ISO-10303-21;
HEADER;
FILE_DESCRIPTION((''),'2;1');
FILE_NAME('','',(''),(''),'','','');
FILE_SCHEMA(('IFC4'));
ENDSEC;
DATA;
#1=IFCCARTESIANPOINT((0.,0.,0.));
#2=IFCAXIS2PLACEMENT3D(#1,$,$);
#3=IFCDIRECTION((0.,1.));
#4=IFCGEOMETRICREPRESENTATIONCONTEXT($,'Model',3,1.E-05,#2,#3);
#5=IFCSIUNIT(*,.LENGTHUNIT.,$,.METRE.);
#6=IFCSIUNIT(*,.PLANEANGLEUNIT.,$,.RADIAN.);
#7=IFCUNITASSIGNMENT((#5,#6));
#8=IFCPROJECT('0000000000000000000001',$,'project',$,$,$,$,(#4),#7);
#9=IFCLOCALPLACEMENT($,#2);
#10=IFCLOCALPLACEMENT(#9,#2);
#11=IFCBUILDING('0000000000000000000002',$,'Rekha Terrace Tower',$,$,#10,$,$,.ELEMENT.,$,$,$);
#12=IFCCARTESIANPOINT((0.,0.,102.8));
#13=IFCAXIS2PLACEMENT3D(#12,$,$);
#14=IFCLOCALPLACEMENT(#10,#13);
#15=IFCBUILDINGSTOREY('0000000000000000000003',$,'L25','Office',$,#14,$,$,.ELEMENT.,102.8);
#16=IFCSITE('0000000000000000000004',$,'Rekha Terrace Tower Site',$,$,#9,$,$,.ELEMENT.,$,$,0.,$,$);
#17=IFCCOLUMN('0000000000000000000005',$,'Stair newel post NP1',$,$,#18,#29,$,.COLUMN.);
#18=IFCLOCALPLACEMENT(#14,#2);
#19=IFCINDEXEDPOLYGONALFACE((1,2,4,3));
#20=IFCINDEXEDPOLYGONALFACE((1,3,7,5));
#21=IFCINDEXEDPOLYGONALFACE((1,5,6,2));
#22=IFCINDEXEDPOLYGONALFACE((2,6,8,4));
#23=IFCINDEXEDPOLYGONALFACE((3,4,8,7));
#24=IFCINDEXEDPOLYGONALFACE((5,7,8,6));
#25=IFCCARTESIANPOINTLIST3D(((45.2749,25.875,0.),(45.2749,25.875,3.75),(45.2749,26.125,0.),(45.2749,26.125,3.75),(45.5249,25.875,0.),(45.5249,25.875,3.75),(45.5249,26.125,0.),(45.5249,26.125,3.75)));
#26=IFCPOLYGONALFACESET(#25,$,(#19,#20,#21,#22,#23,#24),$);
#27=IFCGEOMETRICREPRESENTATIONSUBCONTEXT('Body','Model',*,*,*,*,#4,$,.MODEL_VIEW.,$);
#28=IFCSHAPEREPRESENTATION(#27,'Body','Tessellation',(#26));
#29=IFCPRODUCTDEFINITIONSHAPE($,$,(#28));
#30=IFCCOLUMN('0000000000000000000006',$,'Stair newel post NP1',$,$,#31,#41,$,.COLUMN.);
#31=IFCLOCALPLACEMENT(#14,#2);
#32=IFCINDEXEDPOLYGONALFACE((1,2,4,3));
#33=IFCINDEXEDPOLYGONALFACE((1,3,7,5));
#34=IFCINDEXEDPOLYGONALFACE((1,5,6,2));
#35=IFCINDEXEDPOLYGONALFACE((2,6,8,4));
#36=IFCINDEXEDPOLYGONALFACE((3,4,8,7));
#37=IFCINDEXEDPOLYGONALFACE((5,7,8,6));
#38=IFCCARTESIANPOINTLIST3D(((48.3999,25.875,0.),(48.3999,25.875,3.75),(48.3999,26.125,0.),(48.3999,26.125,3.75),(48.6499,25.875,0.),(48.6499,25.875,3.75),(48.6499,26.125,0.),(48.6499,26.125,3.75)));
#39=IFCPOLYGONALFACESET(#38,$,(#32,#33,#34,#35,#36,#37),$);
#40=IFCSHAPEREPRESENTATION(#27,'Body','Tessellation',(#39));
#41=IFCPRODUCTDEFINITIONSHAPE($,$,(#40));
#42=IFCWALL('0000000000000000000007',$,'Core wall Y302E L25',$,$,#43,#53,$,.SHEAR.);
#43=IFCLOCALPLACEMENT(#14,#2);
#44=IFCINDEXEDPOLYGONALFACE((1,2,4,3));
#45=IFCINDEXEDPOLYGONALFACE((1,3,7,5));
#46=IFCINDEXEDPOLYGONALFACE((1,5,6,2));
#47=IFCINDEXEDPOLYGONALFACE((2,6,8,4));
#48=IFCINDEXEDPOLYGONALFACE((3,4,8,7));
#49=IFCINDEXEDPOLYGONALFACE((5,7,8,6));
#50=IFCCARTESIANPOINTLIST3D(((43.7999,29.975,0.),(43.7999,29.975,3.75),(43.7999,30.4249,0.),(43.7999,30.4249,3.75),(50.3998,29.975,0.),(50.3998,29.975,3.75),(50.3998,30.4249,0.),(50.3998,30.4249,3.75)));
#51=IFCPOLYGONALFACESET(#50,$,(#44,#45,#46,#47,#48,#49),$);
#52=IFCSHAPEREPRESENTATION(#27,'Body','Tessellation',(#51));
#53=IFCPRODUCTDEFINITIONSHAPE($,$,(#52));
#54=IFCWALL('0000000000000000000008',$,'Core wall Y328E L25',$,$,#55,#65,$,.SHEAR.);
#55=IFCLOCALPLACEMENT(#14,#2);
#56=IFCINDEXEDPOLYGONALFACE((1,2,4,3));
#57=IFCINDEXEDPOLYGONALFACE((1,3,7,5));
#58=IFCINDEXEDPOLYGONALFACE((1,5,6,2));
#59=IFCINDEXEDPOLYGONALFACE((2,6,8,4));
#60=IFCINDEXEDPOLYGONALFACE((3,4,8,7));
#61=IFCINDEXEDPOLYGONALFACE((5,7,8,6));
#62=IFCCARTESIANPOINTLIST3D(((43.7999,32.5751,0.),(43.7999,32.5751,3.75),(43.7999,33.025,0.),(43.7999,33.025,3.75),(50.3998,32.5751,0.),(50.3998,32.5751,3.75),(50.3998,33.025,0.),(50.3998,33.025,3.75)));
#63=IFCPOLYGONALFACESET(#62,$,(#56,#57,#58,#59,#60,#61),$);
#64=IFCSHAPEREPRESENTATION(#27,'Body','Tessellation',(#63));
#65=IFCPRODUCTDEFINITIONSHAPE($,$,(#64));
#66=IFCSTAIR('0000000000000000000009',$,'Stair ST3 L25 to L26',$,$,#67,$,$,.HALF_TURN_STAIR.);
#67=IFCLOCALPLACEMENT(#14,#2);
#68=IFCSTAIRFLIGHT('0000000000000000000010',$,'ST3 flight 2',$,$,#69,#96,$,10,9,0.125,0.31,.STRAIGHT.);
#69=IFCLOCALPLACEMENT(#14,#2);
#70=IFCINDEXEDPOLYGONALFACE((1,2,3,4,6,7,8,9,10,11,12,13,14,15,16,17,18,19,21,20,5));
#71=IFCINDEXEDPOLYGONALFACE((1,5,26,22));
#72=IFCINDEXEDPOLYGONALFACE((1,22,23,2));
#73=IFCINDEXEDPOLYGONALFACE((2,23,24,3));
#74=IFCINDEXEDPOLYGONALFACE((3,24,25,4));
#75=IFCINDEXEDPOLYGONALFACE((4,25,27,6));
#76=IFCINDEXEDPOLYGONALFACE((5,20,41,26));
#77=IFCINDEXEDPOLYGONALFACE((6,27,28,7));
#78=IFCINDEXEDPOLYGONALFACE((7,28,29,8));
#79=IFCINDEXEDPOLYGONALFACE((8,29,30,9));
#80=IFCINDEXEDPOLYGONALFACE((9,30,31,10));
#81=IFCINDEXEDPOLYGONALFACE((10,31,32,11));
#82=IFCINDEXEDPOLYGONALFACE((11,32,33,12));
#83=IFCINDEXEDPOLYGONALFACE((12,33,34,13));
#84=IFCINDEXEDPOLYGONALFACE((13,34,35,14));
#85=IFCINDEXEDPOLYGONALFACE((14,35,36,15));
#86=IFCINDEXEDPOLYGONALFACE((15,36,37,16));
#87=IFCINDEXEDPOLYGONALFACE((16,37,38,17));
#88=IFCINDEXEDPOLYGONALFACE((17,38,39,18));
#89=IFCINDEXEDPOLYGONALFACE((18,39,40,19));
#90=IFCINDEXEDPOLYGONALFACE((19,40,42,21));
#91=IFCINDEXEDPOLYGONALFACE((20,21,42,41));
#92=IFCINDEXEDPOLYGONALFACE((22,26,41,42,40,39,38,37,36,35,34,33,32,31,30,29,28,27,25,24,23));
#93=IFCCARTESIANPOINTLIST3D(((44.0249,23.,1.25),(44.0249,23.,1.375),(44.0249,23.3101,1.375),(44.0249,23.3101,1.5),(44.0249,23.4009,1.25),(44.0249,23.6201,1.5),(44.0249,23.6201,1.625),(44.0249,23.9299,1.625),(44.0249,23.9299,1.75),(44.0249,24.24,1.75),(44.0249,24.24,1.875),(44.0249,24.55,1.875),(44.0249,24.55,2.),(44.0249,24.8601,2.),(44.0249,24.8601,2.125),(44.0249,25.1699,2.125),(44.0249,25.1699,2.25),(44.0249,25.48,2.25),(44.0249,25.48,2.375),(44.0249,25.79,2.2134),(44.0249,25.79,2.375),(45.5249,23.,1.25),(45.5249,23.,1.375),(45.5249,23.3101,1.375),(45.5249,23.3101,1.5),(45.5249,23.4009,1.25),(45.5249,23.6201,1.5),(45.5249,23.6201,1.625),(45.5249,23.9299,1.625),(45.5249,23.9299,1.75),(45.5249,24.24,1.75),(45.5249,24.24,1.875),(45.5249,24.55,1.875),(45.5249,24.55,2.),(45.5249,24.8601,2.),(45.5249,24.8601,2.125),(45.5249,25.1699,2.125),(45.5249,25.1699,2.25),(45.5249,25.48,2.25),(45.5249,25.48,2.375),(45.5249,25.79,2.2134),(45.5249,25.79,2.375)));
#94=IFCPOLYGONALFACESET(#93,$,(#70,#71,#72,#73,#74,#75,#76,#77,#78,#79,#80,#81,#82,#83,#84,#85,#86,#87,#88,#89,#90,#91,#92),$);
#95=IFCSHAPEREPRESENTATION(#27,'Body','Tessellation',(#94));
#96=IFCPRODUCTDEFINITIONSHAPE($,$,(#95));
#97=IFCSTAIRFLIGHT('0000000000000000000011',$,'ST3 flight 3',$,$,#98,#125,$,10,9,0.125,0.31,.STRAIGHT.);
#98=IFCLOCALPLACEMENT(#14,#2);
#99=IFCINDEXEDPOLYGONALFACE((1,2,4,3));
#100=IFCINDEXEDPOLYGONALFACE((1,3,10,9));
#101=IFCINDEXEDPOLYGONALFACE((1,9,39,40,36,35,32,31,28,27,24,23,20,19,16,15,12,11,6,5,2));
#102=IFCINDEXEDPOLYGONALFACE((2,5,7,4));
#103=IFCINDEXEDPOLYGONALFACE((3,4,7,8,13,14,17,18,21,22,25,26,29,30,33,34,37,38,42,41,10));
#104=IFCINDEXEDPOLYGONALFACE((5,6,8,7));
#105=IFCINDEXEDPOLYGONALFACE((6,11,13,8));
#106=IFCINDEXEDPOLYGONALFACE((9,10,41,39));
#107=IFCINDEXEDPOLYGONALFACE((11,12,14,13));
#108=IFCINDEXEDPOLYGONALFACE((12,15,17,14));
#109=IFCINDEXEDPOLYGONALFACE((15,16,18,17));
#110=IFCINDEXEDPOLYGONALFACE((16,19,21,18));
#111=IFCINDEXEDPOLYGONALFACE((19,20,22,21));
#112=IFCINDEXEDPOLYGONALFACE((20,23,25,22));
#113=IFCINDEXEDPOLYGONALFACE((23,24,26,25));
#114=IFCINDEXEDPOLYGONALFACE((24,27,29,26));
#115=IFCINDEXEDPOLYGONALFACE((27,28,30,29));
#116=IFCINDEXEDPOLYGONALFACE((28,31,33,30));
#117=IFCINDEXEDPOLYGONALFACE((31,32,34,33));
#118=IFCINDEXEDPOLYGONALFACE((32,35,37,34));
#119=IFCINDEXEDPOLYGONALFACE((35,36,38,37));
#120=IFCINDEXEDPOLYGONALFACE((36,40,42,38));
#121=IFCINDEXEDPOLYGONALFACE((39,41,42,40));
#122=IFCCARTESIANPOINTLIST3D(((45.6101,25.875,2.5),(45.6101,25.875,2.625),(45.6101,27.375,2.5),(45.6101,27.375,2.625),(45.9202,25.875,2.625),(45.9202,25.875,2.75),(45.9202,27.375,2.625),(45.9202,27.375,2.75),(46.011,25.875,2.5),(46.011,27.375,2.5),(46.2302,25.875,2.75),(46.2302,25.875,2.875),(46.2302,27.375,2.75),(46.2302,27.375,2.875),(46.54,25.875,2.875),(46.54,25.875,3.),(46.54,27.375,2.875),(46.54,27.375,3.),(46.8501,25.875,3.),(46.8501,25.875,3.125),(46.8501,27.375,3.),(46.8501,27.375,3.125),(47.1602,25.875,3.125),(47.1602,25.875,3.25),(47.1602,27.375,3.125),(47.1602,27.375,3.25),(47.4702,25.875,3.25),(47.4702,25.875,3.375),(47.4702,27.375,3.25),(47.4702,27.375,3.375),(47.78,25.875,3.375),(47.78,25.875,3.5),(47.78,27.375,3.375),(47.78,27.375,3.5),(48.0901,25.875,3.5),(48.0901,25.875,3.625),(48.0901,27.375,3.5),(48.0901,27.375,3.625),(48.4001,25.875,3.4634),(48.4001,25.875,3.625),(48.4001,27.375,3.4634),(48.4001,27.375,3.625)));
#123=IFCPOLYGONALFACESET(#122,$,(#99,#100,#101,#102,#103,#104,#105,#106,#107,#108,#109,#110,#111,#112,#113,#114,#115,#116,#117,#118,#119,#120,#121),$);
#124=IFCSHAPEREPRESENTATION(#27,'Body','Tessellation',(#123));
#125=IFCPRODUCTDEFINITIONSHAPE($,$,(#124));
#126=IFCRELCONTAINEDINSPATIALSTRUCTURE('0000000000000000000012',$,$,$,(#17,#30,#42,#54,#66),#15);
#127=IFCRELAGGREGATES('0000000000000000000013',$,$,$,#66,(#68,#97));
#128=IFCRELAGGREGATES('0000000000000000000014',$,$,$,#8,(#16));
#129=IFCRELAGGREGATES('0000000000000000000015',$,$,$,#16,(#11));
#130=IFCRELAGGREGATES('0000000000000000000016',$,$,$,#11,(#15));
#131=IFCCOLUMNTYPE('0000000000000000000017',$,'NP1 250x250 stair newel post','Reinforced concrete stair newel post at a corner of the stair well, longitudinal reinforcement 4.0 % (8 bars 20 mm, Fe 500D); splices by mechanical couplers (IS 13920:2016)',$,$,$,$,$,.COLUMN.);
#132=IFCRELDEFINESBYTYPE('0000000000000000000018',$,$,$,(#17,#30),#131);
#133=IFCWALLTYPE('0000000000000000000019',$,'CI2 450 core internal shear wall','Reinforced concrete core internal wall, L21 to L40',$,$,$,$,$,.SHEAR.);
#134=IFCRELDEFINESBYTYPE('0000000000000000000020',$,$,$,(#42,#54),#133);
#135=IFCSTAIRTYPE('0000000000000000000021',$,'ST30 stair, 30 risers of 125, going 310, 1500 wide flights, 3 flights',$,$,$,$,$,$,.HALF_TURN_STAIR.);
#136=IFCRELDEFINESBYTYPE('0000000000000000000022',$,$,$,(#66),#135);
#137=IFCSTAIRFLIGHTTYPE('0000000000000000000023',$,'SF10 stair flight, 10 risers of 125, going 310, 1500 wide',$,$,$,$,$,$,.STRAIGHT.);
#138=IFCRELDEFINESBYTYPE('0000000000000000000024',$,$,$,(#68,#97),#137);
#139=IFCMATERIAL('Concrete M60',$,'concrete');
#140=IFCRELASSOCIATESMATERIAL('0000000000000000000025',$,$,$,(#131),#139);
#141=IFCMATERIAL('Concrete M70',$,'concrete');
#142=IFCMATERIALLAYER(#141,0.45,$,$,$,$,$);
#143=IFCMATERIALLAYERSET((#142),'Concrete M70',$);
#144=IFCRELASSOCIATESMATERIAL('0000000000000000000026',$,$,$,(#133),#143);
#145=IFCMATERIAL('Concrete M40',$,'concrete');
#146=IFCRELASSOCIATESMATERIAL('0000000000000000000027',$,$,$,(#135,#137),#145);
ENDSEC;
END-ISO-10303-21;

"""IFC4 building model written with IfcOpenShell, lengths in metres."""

from ifc_helpers import new_model, si_unit, direction, frame, frame_2d, origin, origin_2d, place, context, subcontext, project, spatial, polyline, rectangle, outline, extrude, material, layer, layer_set, material_profile, profile_set, type_object, element, aggregate, save


model = new_model("IFC4")

# Units and contexts
model_context = context("Model", 3, precision=1e-05, world=origin(), true_north=direction((0.0, 1.0)))
body_context = subcontext(model_context, "Body", "Model", "MODEL_VIEW")
ifc_project = project(units=[si_unit("LENGTHUNIT", "METRE"), si_unit("PLANEANGLEUNIT", "RADIAN")], contexts=[model_context])

# Site, building, storey
site_placement = place(None, origin())
site = spatial("IfcSite", under=ifc_project, at=site_placement, Name="Rekha Terrace Tower Site", CompositionType="ELEMENT", RefElevation=0.0)
building_placement = place(site_placement, origin())
building = spatial("IfcBuilding", under=site, at=building_placement, Name="Rekha Terrace Tower", CompositionType="ELEMENT")
storey_placement = place(building_placement, frame((0.0, 0.0, 102.8)))
storey = spatial("IfcBuildingStorey", under=building, at=storey_placement, Name="L25", Description="Office", CompositionType="ELEMENT", Elevation=102.8)

# Columns
ifc_material_1 = material(Name="Concrete M60", Category="concrete")
ifc_material_profile = material_profile(ifc_material_1, rectangle(XDim=0.25, YDim=0.25, at=origin_2d()), Name="RC 250x250")
ifc_profile_set = profile_set([ifc_material_profile], Name="Concrete M60")
column_type = type_object("IfcColumnType", Name="NP1 250x250 stair newel post", Description="Reinforced concrete stair newel post at a corner of the stair well, longitudinal reinforcement 4.0 % (8 bars 20 mm, Fe 500D); splices by mechanical couplers (IS 13920:2016)", PredefinedType="COLUMN", material=ifc_profile_set)
for number, where, z_axis, x_axis, name in (
    (1, (45.3999, 26.0, 0.0), (0.0, 0.0, 1.0), (1.0, 0.0, 0.0), "Stair newel post NP1"),
    (2, (48.5249, 26.0, 0.0), (0.0, 0.0, 1.0), (1.0, 0.0, 0.0), "Stair newel post NP1"),
):
    element("IfcColumn", number, at=place(storey_placement, frame(where, z_axis=z_axis, x_axis=x_axis)), inside=storey, type_object=column_type, Name=name, PredefinedType="COLUMN", context=body_context, shape_type="SweptSolid", body=[
        extrude(rectangle(XDim=0.25, YDim=0.25, at=origin_2d()), origin(), (0.0, 0.0, 1.0), 3.75),
    ])

# Walls
ifc_material_2 = material(Name="Concrete M70", Category="concrete")
ifc_layer = layer(ifc_material_2, 0.45)
ifc_layer_set = layer_set([ifc_layer], Name="Concrete M70")
wall_type = type_object("IfcWallType", Name="CI2 450 core internal shear wall", Description="Reinforced concrete core internal wall, L21 to L40", PredefinedType="SHEAR", material=ifc_layer_set)
for number, where, z_axis, x_axis, name in (
    (3, (43.8, 30.2, 0.0), (0.0, 0.0, 1.0), (1.0, 0.0, 0.0), "Core wall Y302E L25"),
    (4, (43.8, 32.8, 0.0), (0.0, 0.0, 1.0), (1.0, 0.0, 0.0), "Core wall Y328E L25"),
):
    element("IfcWall", number, at=place(storey_placement, frame(where, z_axis=z_axis, x_axis=x_axis)), inside=storey, type_object=wall_type, Name=name, PredefinedType="SHEAR", context=body_context, shape_type="SweptSolid", body=[
        extrude(rectangle(XDim=6.5999, YDim=0.45, at=frame_2d((3.2998, 0.0))), origin(), (0.0, 0.0, 1.0), 3.75),
    ])

# Stair, stair flights
ifc_material_3 = material(Name="Concrete M40", Category="concrete")
stair_type = type_object("IfcStairType", Name="ST30 stair, 30 risers of 125, going 310, 1500 wide flights, 3 flights", PredefinedType="HALF_TURN_STAIR", material=ifc_material_3)
stair_placement = place(storey_placement, origin())
stair = element("IfcStair", 5, at=stair_placement, inside=storey, type_object=stair_type, Name="Stair ST3 L25 to L26", PredefinedType="HALF_TURN_STAIR")
stair_flight_type = type_object("IfcStairFlightType", Name="SF10 stair flight, 10 risers of 125, going 310, 1500 wide", PredefinedType="STRAIGHT", material=ifc_material_3)
stair_flight_1_placement = place(storey_placement, frame((44.7749, 23.0, 1.25), z_axis=(0.0, 0.0, 1.0), x_axis=(0.0, 1.0, 0.0)))
stair_flight_1 = element("IfcStairFlight", 6, at=stair_flight_1_placement, type_object=stair_flight_type, Name="ST3 flight 2", NumberOfRisers=10, NumberOfTreads=9, PredefinedType="STRAIGHT", RiserHeight=0.125, TreadLength=0.31, context=body_context, shape_type="SweptSolid", body=[
    extrude(outline(polyline([(0.0, 0.0), (0.0, 0.125), (0.3101, 0.125), (0.3101, 0.25), (0.6201, 0.25), (0.6201, 0.375), (0.9299, 0.375), (0.9299, 0.5), (1.24, 0.5), (1.24, 0.625), (1.55, 0.625), (1.55, 0.75), (1.8601, 0.75), (1.8601, 0.875), (2.1699, 0.875), (2.1699, 1.0), (2.48, 1.0), (2.48, 1.125), (2.79, 1.125), (2.79, 1.25), (2.79, 0.9634), (0.4009, 0.0), (0.0, 0.0)])), frame((0.0, 0.75, 0.0), z_axis=(0.0, -1.0, 0.0), x_axis=(1.0, 0.0, 0.0)), (0.0, 0.0, 1.0), 1.5),
])
stair_flight_2_placement = place(storey_placement, frame((45.6101, 26.625, 2.5), z_axis=(0.0, 0.0, 1.0), x_axis=(1.0, 0.0, 0.0)))
stair_flight_2 = element("IfcStairFlight", 7, at=stair_flight_2_placement, type_object=stair_flight_type, Name="ST3 flight 3", NumberOfRisers=10, NumberOfTreads=9, PredefinedType="STRAIGHT", RiserHeight=0.125, TreadLength=0.31, context=body_context, shape_type="SweptSolid", body=[
    extrude(outline(polyline([(0.0, 0.0), (0.0, 0.125), (0.3101, 0.125), (0.3101, 0.25), (0.6201, 0.25), (0.6201, 0.375), (0.9299, 0.375), (0.9299, 0.5), (1.24, 0.5), (1.24, 0.625), (1.55, 0.625), (1.55, 0.75), (1.8601, 0.75), (1.8601, 0.875), (2.1699, 0.875), (2.1699, 1.0), (2.48, 1.0), (2.48, 1.125), (2.79, 1.125), (2.79, 1.25), (2.79, 0.9634), (0.4009, 0.0), (0.0, 0.0)])), frame((0.0, 0.75, 0.0), z_axis=(0.0, -1.0, 0.0), x_axis=(1.0, 0.0, 0.0)), (0.0, 0.0, 1.0), 1.5),
])
aggregate(stair, [stair_flight_1, stair_flight_2])

save(model, "model.ifc")
